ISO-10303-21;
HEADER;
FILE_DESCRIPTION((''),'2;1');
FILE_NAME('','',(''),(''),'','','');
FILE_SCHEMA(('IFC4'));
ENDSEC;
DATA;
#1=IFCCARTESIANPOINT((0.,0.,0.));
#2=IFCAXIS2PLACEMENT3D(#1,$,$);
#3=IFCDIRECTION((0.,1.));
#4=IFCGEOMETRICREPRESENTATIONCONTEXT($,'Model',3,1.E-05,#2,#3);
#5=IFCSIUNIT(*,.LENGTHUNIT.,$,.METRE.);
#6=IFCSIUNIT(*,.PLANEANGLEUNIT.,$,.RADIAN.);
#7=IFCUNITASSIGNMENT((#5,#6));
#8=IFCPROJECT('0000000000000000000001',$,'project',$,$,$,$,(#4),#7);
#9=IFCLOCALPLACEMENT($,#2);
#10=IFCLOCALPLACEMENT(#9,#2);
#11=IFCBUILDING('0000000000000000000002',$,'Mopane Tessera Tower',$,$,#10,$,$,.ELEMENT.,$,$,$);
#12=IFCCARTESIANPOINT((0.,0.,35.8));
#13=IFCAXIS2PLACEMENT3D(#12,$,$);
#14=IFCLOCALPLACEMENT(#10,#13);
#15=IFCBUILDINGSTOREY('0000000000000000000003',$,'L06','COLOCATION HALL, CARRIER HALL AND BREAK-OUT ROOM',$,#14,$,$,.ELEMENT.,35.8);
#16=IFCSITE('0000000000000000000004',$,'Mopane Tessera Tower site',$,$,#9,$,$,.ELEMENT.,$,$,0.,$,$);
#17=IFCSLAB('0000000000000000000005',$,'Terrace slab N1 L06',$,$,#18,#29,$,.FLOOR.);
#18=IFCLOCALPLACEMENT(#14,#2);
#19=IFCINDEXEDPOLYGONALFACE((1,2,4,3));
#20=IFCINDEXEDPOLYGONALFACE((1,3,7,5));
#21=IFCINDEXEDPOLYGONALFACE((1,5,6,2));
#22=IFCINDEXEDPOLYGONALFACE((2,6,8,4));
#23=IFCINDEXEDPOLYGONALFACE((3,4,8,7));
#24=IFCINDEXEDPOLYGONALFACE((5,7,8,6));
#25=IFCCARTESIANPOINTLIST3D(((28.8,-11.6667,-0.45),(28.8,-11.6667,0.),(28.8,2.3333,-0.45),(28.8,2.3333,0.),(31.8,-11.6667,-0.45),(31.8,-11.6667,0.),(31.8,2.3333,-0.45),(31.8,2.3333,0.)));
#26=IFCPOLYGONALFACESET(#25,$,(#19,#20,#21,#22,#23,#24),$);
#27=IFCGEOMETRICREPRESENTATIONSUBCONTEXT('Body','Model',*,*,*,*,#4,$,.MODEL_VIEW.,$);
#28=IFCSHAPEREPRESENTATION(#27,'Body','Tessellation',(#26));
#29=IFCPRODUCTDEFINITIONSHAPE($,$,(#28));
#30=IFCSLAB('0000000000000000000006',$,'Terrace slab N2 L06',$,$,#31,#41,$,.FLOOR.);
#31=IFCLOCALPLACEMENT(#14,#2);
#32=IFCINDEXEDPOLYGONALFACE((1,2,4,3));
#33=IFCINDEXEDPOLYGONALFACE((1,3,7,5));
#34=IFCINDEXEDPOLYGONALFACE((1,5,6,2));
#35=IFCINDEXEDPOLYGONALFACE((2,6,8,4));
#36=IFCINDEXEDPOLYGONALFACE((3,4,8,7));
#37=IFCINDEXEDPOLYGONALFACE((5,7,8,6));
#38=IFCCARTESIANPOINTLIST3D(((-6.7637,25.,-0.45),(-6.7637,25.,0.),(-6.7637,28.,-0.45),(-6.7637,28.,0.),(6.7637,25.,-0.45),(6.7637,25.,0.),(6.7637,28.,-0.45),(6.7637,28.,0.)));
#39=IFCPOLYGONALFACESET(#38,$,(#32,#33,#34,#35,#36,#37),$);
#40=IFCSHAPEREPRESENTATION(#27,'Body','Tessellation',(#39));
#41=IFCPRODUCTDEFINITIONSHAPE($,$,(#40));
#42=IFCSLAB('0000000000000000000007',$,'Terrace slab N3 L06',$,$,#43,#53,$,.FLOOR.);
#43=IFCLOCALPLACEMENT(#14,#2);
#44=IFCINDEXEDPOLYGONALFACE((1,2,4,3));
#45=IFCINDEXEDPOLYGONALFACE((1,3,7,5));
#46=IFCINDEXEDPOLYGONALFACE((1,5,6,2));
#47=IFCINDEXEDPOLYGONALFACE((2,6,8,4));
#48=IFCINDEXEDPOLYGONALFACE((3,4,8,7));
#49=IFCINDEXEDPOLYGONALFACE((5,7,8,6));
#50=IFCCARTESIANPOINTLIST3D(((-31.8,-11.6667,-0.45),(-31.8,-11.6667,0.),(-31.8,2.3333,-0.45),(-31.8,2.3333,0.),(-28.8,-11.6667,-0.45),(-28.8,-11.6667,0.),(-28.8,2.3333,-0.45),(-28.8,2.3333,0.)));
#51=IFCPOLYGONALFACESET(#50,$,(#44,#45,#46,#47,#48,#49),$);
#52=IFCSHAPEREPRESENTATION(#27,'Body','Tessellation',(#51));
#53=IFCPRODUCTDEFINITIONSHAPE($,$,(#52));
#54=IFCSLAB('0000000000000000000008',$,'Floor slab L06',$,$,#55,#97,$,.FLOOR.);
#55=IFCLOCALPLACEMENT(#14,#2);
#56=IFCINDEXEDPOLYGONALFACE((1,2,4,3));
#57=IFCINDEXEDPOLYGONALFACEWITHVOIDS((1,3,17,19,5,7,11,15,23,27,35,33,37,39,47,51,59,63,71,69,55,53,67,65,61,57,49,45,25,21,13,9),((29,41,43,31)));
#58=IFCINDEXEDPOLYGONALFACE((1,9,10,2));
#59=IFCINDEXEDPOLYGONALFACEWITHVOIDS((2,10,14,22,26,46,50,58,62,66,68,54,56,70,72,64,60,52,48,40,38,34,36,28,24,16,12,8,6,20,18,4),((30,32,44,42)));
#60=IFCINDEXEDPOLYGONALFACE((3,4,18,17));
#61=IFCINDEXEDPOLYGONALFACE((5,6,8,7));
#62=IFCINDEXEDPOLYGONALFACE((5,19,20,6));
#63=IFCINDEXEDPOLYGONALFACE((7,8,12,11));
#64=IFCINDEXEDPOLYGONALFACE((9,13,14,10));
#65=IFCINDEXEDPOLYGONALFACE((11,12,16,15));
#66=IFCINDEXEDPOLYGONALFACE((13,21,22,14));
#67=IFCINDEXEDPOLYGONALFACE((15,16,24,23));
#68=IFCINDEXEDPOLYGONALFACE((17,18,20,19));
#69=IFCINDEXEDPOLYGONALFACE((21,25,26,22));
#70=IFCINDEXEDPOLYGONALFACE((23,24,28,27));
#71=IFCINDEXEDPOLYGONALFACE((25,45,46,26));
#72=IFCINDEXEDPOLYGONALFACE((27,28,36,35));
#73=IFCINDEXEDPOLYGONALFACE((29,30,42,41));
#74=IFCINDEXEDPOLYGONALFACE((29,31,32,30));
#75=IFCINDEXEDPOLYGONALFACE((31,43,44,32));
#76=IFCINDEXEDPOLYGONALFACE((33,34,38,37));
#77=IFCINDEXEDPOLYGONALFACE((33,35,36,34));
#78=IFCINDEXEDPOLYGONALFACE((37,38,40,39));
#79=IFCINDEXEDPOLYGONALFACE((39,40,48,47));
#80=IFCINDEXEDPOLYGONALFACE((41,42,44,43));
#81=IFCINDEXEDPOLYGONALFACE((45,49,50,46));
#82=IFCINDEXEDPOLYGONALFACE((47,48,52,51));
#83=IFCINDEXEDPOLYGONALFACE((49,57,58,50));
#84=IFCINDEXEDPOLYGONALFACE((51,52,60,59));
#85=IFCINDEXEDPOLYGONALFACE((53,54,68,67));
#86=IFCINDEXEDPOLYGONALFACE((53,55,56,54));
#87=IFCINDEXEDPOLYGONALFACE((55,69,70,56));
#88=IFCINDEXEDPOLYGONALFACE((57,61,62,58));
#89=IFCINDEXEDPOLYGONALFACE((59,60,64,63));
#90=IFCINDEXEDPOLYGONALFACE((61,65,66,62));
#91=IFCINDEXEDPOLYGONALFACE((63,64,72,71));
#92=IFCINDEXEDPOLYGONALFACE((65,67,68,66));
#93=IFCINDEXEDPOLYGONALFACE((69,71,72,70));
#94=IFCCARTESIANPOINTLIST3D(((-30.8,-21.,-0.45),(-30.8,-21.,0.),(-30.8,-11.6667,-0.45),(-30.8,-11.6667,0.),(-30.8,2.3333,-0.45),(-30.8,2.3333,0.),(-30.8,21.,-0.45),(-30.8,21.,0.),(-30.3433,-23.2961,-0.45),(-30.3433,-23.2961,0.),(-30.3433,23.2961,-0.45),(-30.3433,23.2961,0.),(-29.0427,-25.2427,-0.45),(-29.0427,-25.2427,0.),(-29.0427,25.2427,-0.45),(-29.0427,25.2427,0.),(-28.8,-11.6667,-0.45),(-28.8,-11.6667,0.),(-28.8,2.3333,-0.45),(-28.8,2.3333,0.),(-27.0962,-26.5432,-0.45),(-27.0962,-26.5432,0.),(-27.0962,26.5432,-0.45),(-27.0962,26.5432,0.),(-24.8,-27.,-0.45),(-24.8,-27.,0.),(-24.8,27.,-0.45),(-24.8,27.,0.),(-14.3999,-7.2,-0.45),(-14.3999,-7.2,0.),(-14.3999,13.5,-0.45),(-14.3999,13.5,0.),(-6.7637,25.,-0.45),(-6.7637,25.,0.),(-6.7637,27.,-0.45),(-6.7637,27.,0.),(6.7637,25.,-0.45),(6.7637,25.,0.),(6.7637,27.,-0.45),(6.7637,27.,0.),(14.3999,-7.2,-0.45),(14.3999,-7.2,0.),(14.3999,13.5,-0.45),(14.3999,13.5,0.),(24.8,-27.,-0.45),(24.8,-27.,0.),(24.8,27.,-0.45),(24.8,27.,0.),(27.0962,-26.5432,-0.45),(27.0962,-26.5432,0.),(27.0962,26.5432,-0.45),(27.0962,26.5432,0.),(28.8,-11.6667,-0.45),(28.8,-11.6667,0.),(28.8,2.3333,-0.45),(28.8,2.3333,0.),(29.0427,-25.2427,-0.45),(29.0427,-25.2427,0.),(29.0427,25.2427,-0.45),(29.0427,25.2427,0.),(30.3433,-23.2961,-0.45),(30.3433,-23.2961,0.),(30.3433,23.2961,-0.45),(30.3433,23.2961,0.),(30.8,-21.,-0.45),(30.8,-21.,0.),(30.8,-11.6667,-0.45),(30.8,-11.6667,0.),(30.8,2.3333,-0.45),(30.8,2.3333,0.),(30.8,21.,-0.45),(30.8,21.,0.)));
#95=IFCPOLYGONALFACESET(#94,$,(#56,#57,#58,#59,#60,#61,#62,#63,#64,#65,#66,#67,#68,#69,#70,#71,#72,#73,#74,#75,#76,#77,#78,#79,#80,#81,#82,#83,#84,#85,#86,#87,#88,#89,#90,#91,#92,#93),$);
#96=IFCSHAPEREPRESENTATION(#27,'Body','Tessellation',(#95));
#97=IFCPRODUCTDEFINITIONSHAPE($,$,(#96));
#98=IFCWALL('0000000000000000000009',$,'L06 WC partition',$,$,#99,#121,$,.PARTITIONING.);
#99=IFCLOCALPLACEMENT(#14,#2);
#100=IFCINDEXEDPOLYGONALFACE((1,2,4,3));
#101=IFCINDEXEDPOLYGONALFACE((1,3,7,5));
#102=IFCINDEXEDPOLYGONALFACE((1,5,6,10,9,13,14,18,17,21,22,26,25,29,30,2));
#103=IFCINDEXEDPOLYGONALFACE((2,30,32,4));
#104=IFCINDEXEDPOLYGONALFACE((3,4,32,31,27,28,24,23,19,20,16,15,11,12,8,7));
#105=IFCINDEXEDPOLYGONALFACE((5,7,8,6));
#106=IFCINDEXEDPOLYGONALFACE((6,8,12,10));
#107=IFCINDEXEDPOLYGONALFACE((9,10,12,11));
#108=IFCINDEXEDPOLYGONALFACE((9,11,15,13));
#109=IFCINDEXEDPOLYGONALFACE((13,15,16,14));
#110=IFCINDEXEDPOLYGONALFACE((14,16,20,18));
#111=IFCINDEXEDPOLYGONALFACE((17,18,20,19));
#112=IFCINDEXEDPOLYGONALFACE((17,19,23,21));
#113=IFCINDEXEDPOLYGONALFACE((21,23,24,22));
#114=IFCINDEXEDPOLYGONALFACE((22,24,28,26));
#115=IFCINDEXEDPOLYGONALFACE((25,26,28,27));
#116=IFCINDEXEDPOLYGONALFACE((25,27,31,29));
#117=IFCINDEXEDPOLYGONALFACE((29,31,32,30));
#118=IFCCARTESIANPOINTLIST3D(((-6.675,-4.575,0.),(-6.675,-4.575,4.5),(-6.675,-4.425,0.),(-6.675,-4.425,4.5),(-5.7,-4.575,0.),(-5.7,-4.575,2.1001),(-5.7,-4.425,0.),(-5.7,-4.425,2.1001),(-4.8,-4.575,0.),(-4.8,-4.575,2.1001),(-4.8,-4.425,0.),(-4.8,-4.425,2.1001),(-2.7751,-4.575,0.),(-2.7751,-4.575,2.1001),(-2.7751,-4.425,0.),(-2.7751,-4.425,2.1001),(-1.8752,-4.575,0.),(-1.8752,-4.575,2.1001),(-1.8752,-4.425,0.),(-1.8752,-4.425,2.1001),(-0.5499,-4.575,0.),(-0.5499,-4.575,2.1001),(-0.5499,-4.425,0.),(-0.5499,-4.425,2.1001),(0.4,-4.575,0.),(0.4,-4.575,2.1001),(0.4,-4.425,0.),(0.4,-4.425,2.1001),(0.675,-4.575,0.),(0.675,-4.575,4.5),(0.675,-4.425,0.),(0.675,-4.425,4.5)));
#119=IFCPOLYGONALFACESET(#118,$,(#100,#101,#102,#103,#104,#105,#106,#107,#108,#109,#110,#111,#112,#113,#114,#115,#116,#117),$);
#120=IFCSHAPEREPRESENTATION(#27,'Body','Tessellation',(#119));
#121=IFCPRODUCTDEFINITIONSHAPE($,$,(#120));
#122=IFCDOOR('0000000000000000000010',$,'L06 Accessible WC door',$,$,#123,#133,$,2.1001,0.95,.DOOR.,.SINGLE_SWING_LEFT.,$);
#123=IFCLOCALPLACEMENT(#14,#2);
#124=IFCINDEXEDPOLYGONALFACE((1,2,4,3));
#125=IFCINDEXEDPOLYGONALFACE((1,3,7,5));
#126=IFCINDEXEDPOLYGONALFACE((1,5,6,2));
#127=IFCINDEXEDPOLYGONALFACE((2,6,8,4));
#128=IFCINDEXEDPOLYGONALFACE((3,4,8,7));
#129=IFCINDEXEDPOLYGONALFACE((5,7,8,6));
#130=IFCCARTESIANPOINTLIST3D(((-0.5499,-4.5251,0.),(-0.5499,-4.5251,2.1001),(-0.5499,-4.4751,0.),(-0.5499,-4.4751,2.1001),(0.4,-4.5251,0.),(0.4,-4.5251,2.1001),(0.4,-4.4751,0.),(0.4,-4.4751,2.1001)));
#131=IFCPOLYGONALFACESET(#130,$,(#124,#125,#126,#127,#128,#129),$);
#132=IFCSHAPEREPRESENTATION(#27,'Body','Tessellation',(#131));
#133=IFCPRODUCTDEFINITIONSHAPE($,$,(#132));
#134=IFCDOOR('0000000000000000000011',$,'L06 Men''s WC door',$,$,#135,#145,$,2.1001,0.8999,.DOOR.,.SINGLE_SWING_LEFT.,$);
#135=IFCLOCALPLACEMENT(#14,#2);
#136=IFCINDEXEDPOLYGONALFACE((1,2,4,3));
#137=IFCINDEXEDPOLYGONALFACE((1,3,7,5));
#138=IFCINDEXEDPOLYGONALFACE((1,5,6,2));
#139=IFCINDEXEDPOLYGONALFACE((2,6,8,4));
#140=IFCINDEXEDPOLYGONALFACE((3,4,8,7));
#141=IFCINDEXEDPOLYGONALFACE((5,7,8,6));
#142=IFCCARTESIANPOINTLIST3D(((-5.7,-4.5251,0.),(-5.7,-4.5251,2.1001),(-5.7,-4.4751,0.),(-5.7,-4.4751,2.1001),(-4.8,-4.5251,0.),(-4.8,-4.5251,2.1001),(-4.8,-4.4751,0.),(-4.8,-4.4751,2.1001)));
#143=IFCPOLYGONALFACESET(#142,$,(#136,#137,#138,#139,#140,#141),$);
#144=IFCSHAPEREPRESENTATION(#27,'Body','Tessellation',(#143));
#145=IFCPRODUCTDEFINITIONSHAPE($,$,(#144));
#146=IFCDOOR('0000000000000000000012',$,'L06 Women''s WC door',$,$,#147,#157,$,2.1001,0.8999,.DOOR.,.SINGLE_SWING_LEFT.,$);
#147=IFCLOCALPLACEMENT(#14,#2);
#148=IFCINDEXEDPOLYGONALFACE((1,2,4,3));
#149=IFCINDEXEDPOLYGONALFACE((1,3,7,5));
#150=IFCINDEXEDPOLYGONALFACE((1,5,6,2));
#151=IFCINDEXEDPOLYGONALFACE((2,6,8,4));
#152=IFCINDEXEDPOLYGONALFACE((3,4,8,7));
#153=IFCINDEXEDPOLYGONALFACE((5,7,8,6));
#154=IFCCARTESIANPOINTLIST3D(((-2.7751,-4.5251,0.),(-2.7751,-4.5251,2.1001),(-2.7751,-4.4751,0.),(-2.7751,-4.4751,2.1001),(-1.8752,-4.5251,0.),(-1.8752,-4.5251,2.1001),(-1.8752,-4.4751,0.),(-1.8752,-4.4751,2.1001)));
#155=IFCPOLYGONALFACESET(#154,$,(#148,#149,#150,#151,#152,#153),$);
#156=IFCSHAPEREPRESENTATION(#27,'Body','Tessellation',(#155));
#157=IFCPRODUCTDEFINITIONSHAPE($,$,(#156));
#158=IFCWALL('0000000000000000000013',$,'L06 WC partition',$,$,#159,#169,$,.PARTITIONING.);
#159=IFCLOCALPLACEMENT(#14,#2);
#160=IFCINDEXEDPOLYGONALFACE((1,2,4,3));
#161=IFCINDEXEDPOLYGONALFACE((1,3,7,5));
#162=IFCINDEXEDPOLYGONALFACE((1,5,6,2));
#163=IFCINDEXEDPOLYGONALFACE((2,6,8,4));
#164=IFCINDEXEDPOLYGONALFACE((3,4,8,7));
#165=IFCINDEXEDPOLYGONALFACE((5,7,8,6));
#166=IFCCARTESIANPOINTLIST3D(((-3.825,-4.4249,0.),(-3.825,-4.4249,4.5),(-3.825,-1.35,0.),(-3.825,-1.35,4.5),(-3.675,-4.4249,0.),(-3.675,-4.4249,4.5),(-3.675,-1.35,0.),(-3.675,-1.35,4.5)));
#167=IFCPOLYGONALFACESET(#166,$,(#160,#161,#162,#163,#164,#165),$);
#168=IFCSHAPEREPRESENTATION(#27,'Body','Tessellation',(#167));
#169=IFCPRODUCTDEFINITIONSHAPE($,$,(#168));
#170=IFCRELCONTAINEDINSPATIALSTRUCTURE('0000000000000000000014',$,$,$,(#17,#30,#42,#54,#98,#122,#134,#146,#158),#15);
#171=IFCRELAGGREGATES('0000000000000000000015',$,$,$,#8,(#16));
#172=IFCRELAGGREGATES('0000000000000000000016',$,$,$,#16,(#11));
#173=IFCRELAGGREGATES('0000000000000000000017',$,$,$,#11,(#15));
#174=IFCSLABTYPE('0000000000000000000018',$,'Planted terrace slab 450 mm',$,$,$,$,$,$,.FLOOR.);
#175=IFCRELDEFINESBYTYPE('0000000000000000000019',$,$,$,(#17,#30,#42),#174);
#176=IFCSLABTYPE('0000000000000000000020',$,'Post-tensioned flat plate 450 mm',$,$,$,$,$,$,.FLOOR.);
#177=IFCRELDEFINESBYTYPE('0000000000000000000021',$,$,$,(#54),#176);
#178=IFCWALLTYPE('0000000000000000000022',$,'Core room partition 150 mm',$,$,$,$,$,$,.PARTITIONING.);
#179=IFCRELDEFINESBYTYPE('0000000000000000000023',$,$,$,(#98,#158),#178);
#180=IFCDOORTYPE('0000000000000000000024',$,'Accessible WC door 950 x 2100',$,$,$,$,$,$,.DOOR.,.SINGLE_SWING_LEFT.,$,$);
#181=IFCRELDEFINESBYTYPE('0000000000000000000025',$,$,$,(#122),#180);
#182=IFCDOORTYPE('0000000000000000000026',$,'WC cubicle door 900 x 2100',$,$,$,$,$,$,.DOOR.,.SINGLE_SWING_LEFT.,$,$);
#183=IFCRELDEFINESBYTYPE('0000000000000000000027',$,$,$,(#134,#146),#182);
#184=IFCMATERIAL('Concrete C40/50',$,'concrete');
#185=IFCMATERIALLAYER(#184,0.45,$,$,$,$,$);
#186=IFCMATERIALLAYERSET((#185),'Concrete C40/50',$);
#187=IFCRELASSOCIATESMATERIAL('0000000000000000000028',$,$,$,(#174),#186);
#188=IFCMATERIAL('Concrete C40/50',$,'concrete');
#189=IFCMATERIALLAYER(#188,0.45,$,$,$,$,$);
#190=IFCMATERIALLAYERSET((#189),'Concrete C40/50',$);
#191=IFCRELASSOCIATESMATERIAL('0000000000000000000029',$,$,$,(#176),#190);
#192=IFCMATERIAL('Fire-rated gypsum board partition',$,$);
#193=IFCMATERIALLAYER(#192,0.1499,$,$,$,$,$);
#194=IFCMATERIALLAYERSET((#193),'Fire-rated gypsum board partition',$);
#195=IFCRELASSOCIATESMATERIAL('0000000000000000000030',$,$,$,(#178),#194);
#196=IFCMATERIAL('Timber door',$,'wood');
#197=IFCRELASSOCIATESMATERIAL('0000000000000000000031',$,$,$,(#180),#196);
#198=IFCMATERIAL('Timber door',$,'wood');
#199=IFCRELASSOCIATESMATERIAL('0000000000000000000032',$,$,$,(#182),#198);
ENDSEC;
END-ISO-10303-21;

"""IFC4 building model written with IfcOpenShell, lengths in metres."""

from ifc_helpers import new_model, si_unit, direction, frame, frame_2d, origin, place, context, subcontext, project, spatial, polyline, rectangle, outline, extrude, material, layer, layer_set, type_object, element, fill, save


model = new_model("IFC4")

# Units and contexts
model_context = context("Model", 3, precision=1e-05, world=origin(), true_north=direction((0.0, 1.0)))
body_context = subcontext(model_context, "Body", "Model", "MODEL_VIEW")
ifc_project = project(units=[si_unit("LENGTHUNIT", "METRE"), si_unit("PLANEANGLEUNIT", "RADIAN")], contexts=[model_context])

# Site, building, storey
site_placement = place(None, origin())
site = spatial("IfcSite", under=ifc_project, at=site_placement, Name="Mopane Tessera Tower site", CompositionType="ELEMENT", RefElevation=0.0)
building_placement = place(site_placement, origin())
building = spatial("IfcBuilding", under=site, at=building_placement, Name="Mopane Tessera Tower", CompositionType="ELEMENT")
storey_placement = place(building_placement, frame((0.0, 0.0, 35.8)))
storey = spatial("IfcBuildingStorey", under=building, at=storey_placement, Name="L06", Description="COLOCATION HALL, CARRIER HALL AND BREAK-OUT ROOM", CompositionType="ELEMENT", Elevation=35.8)

# Slabs
ifc_material_1 = material(Name="Concrete C40/50", Category="concrete")
ifc_layer_1 = layer(ifc_material_1, 0.45)
ifc_layer_set_1 = layer_set([ifc_layer_1], Name="Concrete C40/50")
slab_type_1 = type_object("IfcSlabType", Name="Planted terrace slab 450 mm", PredefinedType="FLOOR", material=ifc_layer_set_1)
slab_1_placement = place(storey_placement, frame((0.0, 0.0, -0.45)))
element("IfcSlab", 1, at=slab_1_placement, inside=storey, type_object=slab_type_1, Name="Terrace slab N1 L06", PredefinedType="FLOOR", context=body_context, shape_type="SweptSolid", body=[
    extrude(outline(polyline([(31.8, 2.3333), (28.8, 2.3333), (28.8, -11.6667), (31.8, -11.6667), (31.8, 2.3333)])), origin(), (0.0, 0.0, 1.0), 0.45),
])
slab_2_placement = place(storey_placement, frame((0.0, 0.0, -0.45)))
element("IfcSlab", 2, at=slab_2_placement, inside=storey, type_object=slab_type_1, Name="Terrace slab N2 L06", PredefinedType="FLOOR", context=body_context, shape_type="SweptSolid", body=[
    extrude(outline(polyline([(-6.7637, 28.0), (-6.7637, 25.0), (6.7637, 25.0), (6.7637, 28.0), (-6.7637, 28.0)])), origin(), (0.0, 0.0, 1.0), 0.45),
])
slab_3_placement = place(storey_placement, frame((0.0, 0.0, -0.45)))
element("IfcSlab", 3, at=slab_3_placement, inside=storey, type_object=slab_type_1, Name="Terrace slab N3 L06", PredefinedType="FLOOR", context=body_context, shape_type="SweptSolid", body=[
    extrude(outline(polyline([(-31.8, -11.6667), (-28.8, -11.6667), (-28.8, 2.3333), (-31.8, 2.3333), (-31.8, -11.6667)])), origin(), (0.0, 0.0, 1.0), 0.45),
])
ifc_material_2 = material(Name="Concrete C40/50", Category="concrete")
ifc_layer_2 = layer(ifc_material_2, 0.45)
ifc_layer_set_2 = layer_set([ifc_layer_2], Name="Concrete C40/50")
slab_type_2 = type_object("IfcSlabType", Name="Post-tensioned flat plate 450 mm", PredefinedType="FLOOR", material=ifc_layer_set_2)
slab_4_placement = place(storey_placement, frame((0.0, 0.0, -0.45)))
element("IfcSlab", 4, at=slab_4_placement, inside=storey, type_object=slab_type_2, Name="Floor slab L06", PredefinedType="FLOOR", context=body_context, shape_type="SweptSolid", body=[
    extrude(outline(polyline([(30.8, -21.0), (30.8, -11.6667), (28.8, -11.6667), (28.8, 2.3333), (30.8, 2.3333), (30.8, 21.0), (30.3433, 23.2961), (29.0427, 25.2427), (27.0962, 26.5432), (24.8, 27.0), (6.7637, 27.0), (6.7637, 25.0), (-6.7637, 25.0), (-6.7637, 27.0), (-24.8, 27.0), (-27.0962, 26.5432), (-29.0427, 25.2427), (-30.3433, 23.2961), (-30.8, 21.0), (-30.8, 2.3333), (-28.8, 2.3333), (-28.8, -11.6667), (-30.8, -11.6667), (-30.8, -21.0), (-30.3433, -23.2961), (-29.0427, -25.2427), (-27.0962, -26.5432), (-24.8, -27.0), (24.8, -27.0), (27.0962, -26.5432), (29.0427, -25.2427), (30.3433, -23.2961), (30.8, -21.0)]), holes=[polyline([(14.3999, -7.2), (-14.3999, -7.2), (-14.3999, 13.5), (14.3999, 13.5), (14.3999, -7.2)])]), origin(), (0.0, 0.0, 1.0), 0.45),
])

# Wall, openings, doors
ifc_material_3 = material(Name="Fire-rated gypsum board partition")
ifc_layer_3 = layer(ifc_material_3, 0.1499)
ifc_layer_set_3 = layer_set([ifc_layer_3], Name="Fire-rated gypsum board partition")
wall_type_1 = type_object("IfcWallType", Name="Core room partition 150 mm", PredefinedType="PARTITIONING", material=ifc_layer_set_3)
wall_1_placement = place(storey_placement, frame((-6.675, -4.5, 0.0), z_axis=(0.0, 0.0, 1.0), x_axis=(1.0, 0.0, 0.0)))
wall_1 = element("IfcWall", 5, at=wall_1_placement, inside=storey, type_object=wall_type_1, Name="L06 WC partition", PredefinedType="PARTITIONING", context=body_context, shape_type="SweptSolid", body=[
    extrude(rectangle(XDim=7.3501, YDim=0.1499, at=frame_2d((3.675, 0.0))), origin(), (0.0, 0.0, 1.0), 4.5),
])
opening_1_placement = place(wall_1_placement, frame((0.9751, 0.0, 0.0)))
opening_1 = element("IfcOpeningElement", 6, at=opening_1_placement, cuts=wall_1, PredefinedType="OPENING", context=body_context, shape_type="SweptSolid", body=[
    extrude(rectangle(XDim=0.8999, YDim=2.1001, at=frame_2d((0.45, 1.05))), frame((0.0, 0.0869, 0.0), z_axis=(0.0, -1.0, 0.0), x_axis=(1.0, 0.0, 0.0)), (0.0, 0.0, 1.0), 0.1738),
])
opening_2_placement = place(wall_1_placement, frame((3.8999, 0.0, 0.0)))
opening_2 = element("IfcOpeningElement", 7, at=opening_2_placement, cuts=wall_1, PredefinedType="OPENING", context=body_context, shape_type="SweptSolid", body=[
    extrude(rectangle(XDim=0.8999, YDim=2.1001, at=frame_2d((0.45, 1.05))), frame((0.0, 0.0869, 0.0), z_axis=(0.0, -1.0, 0.0), x_axis=(1.0, 0.0, 0.0)), (0.0, 0.0, 1.0), 0.1738),
])
opening_3_placement = place(wall_1_placement, frame((6.125, 0.0, 0.0)))
opening_3 = element("IfcOpeningElement", 8, at=opening_3_placement, cuts=wall_1, PredefinedType="OPENING", context=body_context, shape_type="SweptSolid", body=[
    extrude(rectangle(XDim=0.95, YDim=2.1001, at=frame_2d((0.4751, 1.05))), frame((0.0, 0.0869, 0.0), z_axis=(0.0, -1.0, 0.0), x_axis=(1.0, 0.0, 0.0)), (0.0, 0.0, 1.0), 0.1738),
])
ifc_material_4 = material(Name="Timber door", Category="wood")
door_type_1 = type_object("IfcDoorType", Name="Accessible WC door 950 x 2100", OperationType="SINGLE_SWING_LEFT", PredefinedType="DOOR", material=ifc_material_4)
door_1_placement = place(opening_3_placement, origin())
door_1 = element("IfcDoor", 9, at=door_1_placement, inside=storey, type_object=door_type_1, Name="L06 Accessible WC door", OperationType="SINGLE_SWING_LEFT", OverallHeight=2.1001, OverallWidth=0.95, PredefinedType="DOOR", context=body_context, shape_type="SweptSolid", body=[
    extrude(rectangle(XDim=0.95, YDim=2.1001, at=frame_2d((0.4751, 1.05))), frame((0.0, 0.0249, 0.0), z_axis=(0.0, -1.0, 0.0), x_axis=(1.0, 0.0, 0.0)), (0.0, 0.0, 1.0), 0.05),
])
fill(opening_3, door_1)
ifc_material_5 = material(Name="Timber door", Category="wood")
door_type_2 = type_object("IfcDoorType", Name="WC cubicle door 900 x 2100", OperationType="SINGLE_SWING_LEFT", PredefinedType="DOOR", material=ifc_material_5)
door_2_placement = place(opening_1_placement, origin())
door_2 = element("IfcDoor", 10, at=door_2_placement, inside=storey, type_object=door_type_2, Name="L06 Men's WC door", OperationType="SINGLE_SWING_LEFT", OverallHeight=2.1001, OverallWidth=0.8999, PredefinedType="DOOR", context=body_context, shape_type="SweptSolid", body=[
    extrude(rectangle(XDim=0.8999, YDim=2.1001, at=frame_2d((0.45, 1.05))), frame((0.0, 0.0249, 0.0), z_axis=(0.0, -1.0, 0.0), x_axis=(1.0, 0.0, 0.0)), (0.0, 0.0, 1.0), 0.05),
])
fill(opening_1, door_2)
door_3_placement = place(opening_2_placement, origin())
door_3 = element("IfcDoor", 11, at=door_3_placement, inside=storey, type_object=door_type_2, Name="L06 Women's WC door", OperationType="SINGLE_SWING_LEFT", OverallHeight=2.1001, OverallWidth=0.8999, PredefinedType="DOOR", context=body_context, shape_type="SweptSolid", body=[
    extrude(rectangle(XDim=0.8999, YDim=2.1001, at=frame_2d((0.45, 1.05))), frame((0.0, 0.0249, 0.0), z_axis=(0.0, -1.0, 0.0), x_axis=(1.0, 0.0, 0.0)), (0.0, 0.0, 1.0), 0.05),
])
fill(opening_2, door_3)

# Wall
for number, where, z_axis, x_axis, name in (
    (12, (-3.75, -4.425, 0.0), (0.0, 0.0, 1.0), (0.0, 1.0, 0.0), "L06 WC partition"),
):
    element("IfcWall", number, at=place(storey_placement, frame(where, z_axis=z_axis, x_axis=x_axis)), inside=storey, type_object=wall_type_1, Name=name, PredefinedType="PARTITIONING", context=body_context, shape_type="SweptSolid", body=[
        extrude(rectangle(XDim=3.075, YDim=0.1499, at=frame_2d((1.5376, 0.0))), origin(), (0.0, 0.0, 1.0), 4.5),
    ])

save(model, "model.ifc")
